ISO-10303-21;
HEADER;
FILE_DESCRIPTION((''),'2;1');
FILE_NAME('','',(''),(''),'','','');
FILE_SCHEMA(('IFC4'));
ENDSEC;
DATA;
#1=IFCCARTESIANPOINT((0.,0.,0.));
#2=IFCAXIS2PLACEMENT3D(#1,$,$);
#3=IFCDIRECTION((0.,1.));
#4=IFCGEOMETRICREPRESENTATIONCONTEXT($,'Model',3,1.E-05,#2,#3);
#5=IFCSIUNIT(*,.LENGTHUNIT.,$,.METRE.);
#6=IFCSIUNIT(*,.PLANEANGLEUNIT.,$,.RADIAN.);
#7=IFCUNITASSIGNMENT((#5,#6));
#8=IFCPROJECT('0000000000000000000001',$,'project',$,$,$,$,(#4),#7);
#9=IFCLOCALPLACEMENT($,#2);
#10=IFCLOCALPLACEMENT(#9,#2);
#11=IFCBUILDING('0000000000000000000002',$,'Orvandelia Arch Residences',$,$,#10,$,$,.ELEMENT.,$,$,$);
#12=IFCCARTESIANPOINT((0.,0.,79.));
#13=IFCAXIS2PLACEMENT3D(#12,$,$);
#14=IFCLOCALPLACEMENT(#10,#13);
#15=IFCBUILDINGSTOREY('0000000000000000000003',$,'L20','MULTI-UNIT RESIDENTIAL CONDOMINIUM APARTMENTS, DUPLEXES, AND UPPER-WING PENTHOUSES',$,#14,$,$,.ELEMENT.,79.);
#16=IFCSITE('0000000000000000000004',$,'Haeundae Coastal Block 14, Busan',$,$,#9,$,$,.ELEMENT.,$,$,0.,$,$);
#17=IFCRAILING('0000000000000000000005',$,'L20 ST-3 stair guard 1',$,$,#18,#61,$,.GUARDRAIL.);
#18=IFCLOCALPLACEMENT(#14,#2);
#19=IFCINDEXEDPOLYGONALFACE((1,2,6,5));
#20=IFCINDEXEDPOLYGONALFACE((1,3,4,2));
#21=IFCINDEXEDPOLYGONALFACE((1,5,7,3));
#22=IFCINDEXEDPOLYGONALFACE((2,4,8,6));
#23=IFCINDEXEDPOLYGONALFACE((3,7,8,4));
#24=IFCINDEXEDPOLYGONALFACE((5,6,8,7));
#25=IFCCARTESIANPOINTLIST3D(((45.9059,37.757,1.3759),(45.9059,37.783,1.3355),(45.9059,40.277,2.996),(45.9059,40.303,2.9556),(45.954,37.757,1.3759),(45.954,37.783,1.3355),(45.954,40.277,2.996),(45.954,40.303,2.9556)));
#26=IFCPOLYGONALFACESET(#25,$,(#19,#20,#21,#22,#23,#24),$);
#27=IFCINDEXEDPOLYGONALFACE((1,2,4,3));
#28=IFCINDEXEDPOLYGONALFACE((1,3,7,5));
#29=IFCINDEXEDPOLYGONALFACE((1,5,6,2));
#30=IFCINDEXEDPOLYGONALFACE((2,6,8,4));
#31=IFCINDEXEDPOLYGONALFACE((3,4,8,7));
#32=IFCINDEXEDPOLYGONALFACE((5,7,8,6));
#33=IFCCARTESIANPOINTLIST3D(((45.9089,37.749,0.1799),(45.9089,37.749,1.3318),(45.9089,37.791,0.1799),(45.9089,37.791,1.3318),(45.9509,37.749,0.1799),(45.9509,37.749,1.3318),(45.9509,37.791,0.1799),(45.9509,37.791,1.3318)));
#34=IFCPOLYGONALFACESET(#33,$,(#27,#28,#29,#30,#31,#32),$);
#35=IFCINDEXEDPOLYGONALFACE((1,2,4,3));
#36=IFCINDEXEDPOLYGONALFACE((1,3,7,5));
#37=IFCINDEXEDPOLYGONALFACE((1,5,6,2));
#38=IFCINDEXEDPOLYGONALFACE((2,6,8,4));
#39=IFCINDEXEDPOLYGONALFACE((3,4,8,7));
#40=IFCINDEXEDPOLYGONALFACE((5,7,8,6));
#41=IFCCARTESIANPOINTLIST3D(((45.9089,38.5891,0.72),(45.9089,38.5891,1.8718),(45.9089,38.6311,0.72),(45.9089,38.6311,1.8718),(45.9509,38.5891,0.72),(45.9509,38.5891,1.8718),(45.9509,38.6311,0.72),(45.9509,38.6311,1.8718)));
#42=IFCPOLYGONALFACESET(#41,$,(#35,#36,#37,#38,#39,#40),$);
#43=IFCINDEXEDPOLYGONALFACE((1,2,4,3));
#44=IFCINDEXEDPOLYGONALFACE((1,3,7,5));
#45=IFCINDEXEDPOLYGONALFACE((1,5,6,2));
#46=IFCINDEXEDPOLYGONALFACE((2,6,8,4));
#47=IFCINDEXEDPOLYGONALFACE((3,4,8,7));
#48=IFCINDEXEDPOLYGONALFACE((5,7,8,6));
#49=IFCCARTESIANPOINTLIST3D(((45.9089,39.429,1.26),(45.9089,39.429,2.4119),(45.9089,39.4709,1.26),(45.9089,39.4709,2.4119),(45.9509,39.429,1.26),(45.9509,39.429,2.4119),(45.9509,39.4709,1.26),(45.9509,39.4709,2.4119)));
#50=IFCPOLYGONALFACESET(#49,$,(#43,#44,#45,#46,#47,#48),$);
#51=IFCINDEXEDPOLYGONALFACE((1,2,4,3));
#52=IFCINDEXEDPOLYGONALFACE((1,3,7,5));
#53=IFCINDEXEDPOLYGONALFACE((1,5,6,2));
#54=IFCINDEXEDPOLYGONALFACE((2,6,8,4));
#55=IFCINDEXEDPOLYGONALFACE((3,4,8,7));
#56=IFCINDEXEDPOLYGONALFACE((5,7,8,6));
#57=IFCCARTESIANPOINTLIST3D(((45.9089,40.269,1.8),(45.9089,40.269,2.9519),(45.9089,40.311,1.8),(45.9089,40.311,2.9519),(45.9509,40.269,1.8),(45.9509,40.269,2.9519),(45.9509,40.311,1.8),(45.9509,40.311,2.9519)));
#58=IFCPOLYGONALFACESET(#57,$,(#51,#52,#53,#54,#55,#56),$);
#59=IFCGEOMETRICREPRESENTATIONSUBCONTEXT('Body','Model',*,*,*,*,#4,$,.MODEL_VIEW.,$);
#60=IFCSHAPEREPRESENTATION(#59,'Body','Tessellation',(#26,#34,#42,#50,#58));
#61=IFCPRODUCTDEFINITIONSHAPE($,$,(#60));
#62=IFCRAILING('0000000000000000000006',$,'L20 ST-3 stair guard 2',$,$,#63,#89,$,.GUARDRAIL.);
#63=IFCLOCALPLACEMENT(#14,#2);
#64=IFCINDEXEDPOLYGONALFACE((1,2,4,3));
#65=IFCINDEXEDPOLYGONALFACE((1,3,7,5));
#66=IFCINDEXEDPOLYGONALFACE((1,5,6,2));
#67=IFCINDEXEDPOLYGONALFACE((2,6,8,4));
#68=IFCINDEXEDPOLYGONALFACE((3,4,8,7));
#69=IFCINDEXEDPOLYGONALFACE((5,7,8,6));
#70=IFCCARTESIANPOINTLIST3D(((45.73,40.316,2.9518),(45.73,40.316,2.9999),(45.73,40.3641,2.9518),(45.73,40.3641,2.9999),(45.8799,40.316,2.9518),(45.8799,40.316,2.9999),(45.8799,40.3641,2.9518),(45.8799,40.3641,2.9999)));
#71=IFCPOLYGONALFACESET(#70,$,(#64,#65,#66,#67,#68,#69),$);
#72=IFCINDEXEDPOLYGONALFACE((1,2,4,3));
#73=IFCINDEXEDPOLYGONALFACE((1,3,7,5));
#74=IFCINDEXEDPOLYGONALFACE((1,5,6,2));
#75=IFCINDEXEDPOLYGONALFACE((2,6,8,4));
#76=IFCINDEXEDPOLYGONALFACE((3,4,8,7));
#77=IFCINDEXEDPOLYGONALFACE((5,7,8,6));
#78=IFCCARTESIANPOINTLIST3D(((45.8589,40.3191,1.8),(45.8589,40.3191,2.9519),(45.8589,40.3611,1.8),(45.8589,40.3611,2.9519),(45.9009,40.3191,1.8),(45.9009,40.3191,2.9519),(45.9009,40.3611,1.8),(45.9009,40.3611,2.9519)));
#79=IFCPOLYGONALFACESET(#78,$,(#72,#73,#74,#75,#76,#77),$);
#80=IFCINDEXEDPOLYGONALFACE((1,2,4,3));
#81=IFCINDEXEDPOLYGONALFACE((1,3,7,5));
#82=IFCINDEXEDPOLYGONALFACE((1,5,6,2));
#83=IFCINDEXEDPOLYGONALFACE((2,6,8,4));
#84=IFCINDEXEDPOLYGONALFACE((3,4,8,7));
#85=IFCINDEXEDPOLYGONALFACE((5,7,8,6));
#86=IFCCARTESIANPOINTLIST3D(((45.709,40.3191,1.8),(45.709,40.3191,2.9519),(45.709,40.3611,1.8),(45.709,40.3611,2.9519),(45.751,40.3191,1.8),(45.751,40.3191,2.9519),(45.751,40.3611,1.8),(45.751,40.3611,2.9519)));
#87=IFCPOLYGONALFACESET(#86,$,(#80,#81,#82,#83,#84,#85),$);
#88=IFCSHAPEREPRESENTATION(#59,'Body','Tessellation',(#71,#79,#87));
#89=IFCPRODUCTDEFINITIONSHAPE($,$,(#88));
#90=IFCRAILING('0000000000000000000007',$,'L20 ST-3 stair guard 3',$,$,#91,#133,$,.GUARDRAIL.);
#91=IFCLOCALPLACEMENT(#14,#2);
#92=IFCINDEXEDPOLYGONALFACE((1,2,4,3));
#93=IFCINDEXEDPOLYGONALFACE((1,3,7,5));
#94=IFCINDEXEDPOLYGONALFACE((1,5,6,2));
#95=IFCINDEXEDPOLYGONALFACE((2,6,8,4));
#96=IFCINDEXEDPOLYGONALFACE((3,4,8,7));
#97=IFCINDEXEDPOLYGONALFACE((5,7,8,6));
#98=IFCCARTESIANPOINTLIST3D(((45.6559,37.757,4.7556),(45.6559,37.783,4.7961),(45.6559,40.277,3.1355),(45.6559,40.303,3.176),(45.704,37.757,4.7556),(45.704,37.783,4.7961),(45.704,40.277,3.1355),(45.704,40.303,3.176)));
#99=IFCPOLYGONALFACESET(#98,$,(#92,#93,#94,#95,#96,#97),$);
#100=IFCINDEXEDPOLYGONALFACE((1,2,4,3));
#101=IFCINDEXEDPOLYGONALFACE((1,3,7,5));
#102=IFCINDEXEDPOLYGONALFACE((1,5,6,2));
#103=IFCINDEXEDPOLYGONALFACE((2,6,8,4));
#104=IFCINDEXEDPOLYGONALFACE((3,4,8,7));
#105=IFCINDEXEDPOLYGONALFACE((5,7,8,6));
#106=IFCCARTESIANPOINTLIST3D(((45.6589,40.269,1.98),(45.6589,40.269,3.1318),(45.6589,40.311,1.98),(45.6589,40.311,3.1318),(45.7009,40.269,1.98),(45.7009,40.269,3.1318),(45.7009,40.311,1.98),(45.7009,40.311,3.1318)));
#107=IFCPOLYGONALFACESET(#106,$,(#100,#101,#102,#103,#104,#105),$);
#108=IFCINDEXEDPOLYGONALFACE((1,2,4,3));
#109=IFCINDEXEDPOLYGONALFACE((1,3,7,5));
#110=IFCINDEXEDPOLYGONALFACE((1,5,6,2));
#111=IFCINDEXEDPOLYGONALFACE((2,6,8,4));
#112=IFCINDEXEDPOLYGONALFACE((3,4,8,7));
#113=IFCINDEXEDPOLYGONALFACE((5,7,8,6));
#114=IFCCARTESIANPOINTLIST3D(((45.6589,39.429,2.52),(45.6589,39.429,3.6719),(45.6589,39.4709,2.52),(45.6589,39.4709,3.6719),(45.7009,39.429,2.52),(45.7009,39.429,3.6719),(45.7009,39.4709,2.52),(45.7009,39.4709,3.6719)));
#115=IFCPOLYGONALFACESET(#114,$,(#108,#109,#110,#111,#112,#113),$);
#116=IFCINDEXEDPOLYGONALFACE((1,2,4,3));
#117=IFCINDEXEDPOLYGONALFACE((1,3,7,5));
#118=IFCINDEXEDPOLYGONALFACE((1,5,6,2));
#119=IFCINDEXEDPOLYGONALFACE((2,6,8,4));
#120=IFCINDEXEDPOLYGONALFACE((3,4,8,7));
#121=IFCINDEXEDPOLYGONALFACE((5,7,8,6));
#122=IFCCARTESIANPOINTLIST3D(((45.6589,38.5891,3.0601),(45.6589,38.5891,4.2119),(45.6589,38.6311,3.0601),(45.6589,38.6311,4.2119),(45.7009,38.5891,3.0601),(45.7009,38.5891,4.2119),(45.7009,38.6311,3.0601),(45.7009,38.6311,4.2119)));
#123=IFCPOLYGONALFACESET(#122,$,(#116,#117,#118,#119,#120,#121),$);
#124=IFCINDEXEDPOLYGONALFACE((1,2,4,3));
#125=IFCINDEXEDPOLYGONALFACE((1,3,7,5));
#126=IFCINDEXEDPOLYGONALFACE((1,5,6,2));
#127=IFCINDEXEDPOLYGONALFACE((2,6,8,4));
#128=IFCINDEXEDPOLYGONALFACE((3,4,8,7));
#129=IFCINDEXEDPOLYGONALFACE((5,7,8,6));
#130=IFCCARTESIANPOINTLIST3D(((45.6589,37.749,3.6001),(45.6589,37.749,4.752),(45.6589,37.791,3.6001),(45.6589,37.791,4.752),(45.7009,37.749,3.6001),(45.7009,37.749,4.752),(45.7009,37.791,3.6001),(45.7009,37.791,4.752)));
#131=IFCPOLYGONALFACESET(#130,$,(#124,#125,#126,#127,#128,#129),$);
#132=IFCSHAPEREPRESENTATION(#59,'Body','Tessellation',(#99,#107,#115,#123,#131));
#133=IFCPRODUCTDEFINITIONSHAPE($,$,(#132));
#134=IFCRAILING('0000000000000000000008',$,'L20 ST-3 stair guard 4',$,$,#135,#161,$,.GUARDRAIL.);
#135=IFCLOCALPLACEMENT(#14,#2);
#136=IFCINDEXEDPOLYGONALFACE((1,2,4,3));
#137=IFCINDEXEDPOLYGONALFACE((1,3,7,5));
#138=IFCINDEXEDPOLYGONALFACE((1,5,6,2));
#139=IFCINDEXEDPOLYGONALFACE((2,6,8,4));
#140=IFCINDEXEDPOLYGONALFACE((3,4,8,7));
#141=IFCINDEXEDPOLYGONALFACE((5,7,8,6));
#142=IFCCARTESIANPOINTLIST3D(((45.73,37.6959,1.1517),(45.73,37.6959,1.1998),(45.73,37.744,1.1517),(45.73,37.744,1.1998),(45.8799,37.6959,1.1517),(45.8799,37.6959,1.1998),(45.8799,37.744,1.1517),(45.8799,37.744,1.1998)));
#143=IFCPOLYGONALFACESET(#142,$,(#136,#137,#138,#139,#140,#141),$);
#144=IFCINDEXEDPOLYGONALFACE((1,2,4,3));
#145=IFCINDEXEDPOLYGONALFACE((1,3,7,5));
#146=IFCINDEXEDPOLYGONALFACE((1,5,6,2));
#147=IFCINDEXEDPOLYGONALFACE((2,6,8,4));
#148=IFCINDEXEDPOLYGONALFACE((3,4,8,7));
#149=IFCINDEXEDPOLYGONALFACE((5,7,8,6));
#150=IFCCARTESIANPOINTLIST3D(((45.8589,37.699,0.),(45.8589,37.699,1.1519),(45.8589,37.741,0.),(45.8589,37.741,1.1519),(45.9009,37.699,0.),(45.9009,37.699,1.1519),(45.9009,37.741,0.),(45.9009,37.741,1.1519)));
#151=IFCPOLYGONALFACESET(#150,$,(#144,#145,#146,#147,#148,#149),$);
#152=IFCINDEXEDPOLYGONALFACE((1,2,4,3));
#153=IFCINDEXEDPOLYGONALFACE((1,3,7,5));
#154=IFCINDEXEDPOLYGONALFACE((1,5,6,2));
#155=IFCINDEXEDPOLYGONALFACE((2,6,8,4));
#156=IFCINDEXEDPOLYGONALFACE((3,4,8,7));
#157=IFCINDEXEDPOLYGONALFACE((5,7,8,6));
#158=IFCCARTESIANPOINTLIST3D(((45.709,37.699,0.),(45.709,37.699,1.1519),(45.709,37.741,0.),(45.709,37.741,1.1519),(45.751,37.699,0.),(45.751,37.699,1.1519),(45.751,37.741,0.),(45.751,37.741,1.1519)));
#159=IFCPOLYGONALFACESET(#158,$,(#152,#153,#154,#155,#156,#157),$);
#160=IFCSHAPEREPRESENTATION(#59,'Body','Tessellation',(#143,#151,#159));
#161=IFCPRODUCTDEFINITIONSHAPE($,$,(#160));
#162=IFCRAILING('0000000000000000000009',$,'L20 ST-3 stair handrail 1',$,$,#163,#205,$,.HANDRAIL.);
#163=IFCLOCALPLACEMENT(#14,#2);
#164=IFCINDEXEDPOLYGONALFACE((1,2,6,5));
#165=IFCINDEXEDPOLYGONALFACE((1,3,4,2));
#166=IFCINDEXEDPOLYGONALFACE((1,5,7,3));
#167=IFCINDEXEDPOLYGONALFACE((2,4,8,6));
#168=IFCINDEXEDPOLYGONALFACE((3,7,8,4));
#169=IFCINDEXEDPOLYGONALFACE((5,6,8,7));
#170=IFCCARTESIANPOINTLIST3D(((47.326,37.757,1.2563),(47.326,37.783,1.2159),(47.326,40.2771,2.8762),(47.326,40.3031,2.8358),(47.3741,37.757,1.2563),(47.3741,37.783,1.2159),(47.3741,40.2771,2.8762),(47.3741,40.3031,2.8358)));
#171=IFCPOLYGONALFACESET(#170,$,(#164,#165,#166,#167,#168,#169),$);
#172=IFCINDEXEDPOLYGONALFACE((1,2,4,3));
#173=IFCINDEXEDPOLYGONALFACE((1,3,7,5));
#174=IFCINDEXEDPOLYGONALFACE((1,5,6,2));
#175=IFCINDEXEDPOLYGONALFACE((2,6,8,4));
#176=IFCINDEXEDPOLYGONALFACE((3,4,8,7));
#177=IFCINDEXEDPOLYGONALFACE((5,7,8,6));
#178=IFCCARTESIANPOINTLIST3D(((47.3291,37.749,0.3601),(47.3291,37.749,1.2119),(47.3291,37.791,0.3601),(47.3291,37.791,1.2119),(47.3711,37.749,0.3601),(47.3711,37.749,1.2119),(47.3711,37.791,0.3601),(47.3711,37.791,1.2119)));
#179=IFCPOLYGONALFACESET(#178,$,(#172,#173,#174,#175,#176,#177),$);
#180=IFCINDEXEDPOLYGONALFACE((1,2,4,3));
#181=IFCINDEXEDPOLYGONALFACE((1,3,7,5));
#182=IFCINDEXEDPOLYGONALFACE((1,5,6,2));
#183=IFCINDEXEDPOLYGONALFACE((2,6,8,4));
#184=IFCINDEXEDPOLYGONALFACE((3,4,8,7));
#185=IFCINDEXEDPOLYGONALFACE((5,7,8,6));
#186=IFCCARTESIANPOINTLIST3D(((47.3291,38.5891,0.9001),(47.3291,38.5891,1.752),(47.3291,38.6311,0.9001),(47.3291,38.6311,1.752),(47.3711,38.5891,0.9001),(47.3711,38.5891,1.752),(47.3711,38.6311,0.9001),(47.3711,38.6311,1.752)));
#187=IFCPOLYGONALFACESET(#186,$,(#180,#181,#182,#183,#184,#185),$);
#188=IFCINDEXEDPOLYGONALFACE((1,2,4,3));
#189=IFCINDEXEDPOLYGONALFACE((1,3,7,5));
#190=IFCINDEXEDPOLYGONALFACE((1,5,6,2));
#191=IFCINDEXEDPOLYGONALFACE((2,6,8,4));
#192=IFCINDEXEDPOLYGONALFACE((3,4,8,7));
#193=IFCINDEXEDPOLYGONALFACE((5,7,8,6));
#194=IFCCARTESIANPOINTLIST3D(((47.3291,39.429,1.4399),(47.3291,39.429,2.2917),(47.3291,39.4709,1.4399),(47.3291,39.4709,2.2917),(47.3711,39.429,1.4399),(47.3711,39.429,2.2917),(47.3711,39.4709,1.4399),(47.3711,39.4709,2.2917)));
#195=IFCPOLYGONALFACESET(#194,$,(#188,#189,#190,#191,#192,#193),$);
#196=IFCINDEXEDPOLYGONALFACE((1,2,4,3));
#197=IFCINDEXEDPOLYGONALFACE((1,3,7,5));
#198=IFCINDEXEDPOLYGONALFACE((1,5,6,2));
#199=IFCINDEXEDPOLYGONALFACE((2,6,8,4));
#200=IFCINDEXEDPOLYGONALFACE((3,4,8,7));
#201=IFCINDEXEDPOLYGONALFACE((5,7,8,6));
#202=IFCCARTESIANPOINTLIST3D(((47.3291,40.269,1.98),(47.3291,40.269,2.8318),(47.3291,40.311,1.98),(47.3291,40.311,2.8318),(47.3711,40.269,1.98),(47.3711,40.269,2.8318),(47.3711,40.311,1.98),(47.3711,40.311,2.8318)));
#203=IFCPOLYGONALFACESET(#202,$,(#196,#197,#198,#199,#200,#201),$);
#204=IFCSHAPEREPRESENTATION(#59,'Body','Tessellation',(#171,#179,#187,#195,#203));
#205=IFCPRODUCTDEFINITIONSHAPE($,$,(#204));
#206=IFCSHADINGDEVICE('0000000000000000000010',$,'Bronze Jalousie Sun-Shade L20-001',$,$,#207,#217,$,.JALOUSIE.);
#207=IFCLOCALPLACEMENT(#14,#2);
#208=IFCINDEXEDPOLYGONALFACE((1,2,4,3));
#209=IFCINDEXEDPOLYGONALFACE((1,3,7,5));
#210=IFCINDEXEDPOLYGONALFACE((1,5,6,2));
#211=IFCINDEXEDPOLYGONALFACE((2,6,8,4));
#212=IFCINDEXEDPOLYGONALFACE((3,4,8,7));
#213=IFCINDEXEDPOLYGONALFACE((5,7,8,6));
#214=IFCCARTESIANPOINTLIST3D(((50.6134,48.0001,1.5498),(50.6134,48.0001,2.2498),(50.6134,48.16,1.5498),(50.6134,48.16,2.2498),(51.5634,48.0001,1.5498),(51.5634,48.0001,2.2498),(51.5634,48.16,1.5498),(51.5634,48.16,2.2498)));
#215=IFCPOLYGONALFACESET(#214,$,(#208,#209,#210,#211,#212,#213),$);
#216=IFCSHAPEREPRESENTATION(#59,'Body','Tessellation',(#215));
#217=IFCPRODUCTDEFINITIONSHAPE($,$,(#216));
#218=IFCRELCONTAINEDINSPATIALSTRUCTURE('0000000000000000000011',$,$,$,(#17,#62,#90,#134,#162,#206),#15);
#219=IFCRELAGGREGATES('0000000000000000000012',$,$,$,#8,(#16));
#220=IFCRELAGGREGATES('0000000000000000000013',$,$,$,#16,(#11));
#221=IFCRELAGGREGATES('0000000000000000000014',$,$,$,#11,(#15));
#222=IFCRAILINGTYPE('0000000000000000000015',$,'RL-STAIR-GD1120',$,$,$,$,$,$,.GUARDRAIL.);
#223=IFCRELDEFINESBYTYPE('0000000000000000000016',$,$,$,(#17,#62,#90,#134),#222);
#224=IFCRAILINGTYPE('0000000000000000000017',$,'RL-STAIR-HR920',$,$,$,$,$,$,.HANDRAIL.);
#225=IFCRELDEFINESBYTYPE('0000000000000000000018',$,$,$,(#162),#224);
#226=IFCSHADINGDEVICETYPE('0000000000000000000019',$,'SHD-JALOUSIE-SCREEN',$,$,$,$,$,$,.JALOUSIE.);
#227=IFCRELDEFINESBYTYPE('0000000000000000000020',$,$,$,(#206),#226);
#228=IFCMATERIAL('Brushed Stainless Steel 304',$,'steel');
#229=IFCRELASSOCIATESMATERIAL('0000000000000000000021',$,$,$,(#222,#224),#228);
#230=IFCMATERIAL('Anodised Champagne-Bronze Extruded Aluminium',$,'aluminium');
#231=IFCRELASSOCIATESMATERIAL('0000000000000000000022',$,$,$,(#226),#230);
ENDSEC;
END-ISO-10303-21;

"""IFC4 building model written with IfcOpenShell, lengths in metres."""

from ifc_helpers import new_model, si_unit, direction, frame, origin, origin_2d, place, context, subcontext, project, spatial, rectangle, extrude, material, type_object, element, save


model = new_model("IFC4")

# Units and contexts
model_context = context("Model", 3, precision=1e-05, world=origin(), true_north=direction((0.0, 1.0)))
body_context = subcontext(model_context, "Body", "Model", "MODEL_VIEW")
ifc_project = project(units=[si_unit("LENGTHUNIT", "METRE"), si_unit("PLANEANGLEUNIT", "RADIAN")], contexts=[model_context])

# Site, building, storey
site_placement = place(None, origin())
site = spatial("IfcSite", under=ifc_project, at=site_placement, Name="Haeundae Coastal Block 14, Busan", CompositionType="ELEMENT", RefElevation=0.0)
building_placement = place(site_placement, origin())
building = spatial("IfcBuilding", under=site, at=building_placement, Name="Orvandelia Arch Residences", CompositionType="ELEMENT")
storey_placement = place(building_placement, frame((0.0, 0.0, 79.0)))
storey = spatial("IfcBuildingStorey", under=building, at=storey_placement, Name="L20", Description="MULTI-UNIT RESIDENTIAL CONDOMINIUM APARTMENTS, DUPLEXES, AND UPPER-WING PENTHOUSES", CompositionType="ELEMENT", Elevation=79.0)

# Railings
ifc_material_1 = material(Name="Brushed Stainless Steel 304", Category="steel")
railing_type_1 = type_object("IfcRailingType", Name="RL-STAIR-GD1120", PredefinedType="GUARDRAIL", material=ifc_material_1)
railing_1_placement = place(storey_placement, frame((45.9299, 37.77, 0.1799)))
element("IfcRailing", 1, at=railing_1_placement, inside=storey, type_object=railing_type_1, Name="L20 ST-3 stair guard 1", PredefinedType="GUARDRAIL", context=body_context, shape_type="SweptSolid", body=[
    extrude(rectangle(XDim=0.0481, YDim=0.0481, at=origin_2d()), frame((0.0, 0.0, 1.1758), z_axis=(0.0, 0.841163, 0.540782), x_axis=(-1.0, 0.0, 0.0)), (0.0, 0.0, 1.0), 2.9958),
    extrude(rectangle(XDim=0.042, YDim=0.042, at=origin_2d()), origin(), (0.0, 0.0, 1.0), 1.1519),
    extrude(rectangle(XDim=0.042, YDim=0.042, at=origin_2d()), frame((0.0, 0.8401, 0.54)), (0.0, 0.0, 1.0), 1.1519),
    extrude(rectangle(XDim=0.042, YDim=0.042, at=origin_2d()), frame((0.0, 1.6799, 1.0801)), (0.0, 0.0, 1.0), 1.1519),
    extrude(rectangle(XDim=0.042, YDim=0.042, at=origin_2d()), frame((0.0, 2.52, 1.6201)), (0.0, 0.0, 1.0), 1.1519),
])
railing_2_placement = place(storey_placement, frame((45.8799, 40.3401, 1.8)))
element("IfcRailing", 2, at=railing_2_placement, inside=storey, type_object=railing_type_1, Name="L20 ST-3 stair guard 2", PredefinedType="GUARDRAIL", context=body_context, shape_type="SweptSolid", body=[
    extrude(rectangle(XDim=0.0481, YDim=0.0481, at=origin_2d()), frame((0.0, 0.0, 1.1758), z_axis=(-1.0, 0.0, 0.0), x_axis=(0.0, -1.0, 0.0)), (0.0, 0.0, 1.0), 0.1499),
    extrude(rectangle(XDim=0.042, YDim=0.042, at=origin_2d()), origin(), (0.0, 0.0, 1.0), 1.1519),
    extrude(rectangle(XDim=0.042, YDim=0.042, at=origin_2d()), frame((-0.1499, 0.0, 0.0)), (0.0, 0.0, 1.0), 1.1519),
])
railing_3_placement = place(storey_placement, frame((45.6799, 40.29, 1.98)))
element("IfcRailing", 3, at=railing_3_placement, inside=storey, type_object=railing_type_1, Name="L20 ST-3 stair guard 3", PredefinedType="GUARDRAIL", context=body_context, shape_type="SweptSolid", body=[
    extrude(rectangle(XDim=0.0481, YDim=0.0481, at=origin_2d()), frame((0.0, 0.0, 1.1758), z_axis=(0.0, -0.841163, 0.540782), x_axis=(1.0, 0.0, 0.0)), (0.0, 0.0, 1.0), 2.9958),
    extrude(rectangle(XDim=0.042, YDim=0.042, at=origin_2d()), origin(), (0.0, 0.0, 1.0), 1.1519),
    extrude(rectangle(XDim=0.042, YDim=0.042, at=origin_2d()), frame((0.0, -0.8401, 0.54)), (0.0, 0.0, 1.0), 1.1519),
    extrude(rectangle(XDim=0.042, YDim=0.042, at=origin_2d()), frame((0.0, -1.6799, 1.0801)), (0.0, 0.0, 1.0), 1.1519),
    extrude(rectangle(XDim=0.042, YDim=0.042, at=origin_2d()), frame((0.0, -2.52, 1.6201)), (0.0, 0.0, 1.0), 1.1519),
])
railing_4_placement = place(storey_placement, frame((45.8799, 37.72, 0.0)))
element("IfcRailing", 4, at=railing_4_placement, inside=storey, type_object=railing_type_1, Name="L20 ST-3 stair guard 4", PredefinedType="GUARDRAIL", context=body_context, shape_type="SweptSolid", body=[
    extrude(rectangle(XDim=0.0481, YDim=0.0481, at=origin_2d()), frame((0.0, 0.0, 1.1758), z_axis=(-1.0, 0.0, 0.0), x_axis=(0.0, -1.0, 0.0)), (0.0, 0.0, 1.0), 0.1499),
    extrude(rectangle(XDim=0.042, YDim=0.042, at=origin_2d()), origin(), (0.0, 0.0, 1.0), 1.1519),
    extrude(rectangle(XDim=0.042, YDim=0.042, at=origin_2d()), frame((-0.1499, 0.0, 0.0)), (0.0, 0.0, 1.0), 1.1519),
])
railing_type_2 = type_object("IfcRailingType", Name="RL-STAIR-HR920", PredefinedType="HANDRAIL", material=ifc_material_1)
railing_5_placement = place(storey_placement, frame((47.3501, 37.77, 0.3601)))
element("IfcRailing", 5, at=railing_5_placement, inside=storey, type_object=railing_type_2, Name="L20 ST-3 stair handrail 1", PredefinedType="HANDRAIL", context=body_context, shape_type="SweptSolid", body=[
    extrude(rectangle(XDim=0.0481, YDim=0.0481, at=origin_2d()), frame((0.0, 0.0, 0.876), z_axis=(0.0, 0.8412, 0.540725), x_axis=(-1.0, 0.0, 0.0)), (0.0, 0.0, 1.0), 2.9958),
    extrude(rectangle(XDim=0.042, YDim=0.042, at=origin_2d()), origin(), (0.0, 0.0, 1.0), 0.8518),
    extrude(rectangle(XDim=0.042, YDim=0.042, at=origin_2d()), frame((0.0, 0.8401, 0.54)), (0.0, 0.0, 1.0), 0.8518),
    extrude(rectangle(XDim=0.042, YDim=0.042, at=origin_2d()), frame((0.0, 1.6799, 1.0798)), (0.0, 0.0, 1.0), 0.8518),
    extrude(rectangle(XDim=0.042, YDim=0.042, at=origin_2d()), frame((0.0, 2.52, 1.6199)), (0.0, 0.0, 1.0), 0.8518),
])

# Shading device
ifc_material_2 = material(Name="Anodised Champagne-Bronze Extruded Aluminium", Category="aluminium")
shading_device_type = type_object("IfcShadingDeviceType", Name="SHD-JALOUSIE-SCREEN", PredefinedType="JALOUSIE", material=ifc_material_2)
shading_device_placement = place(storey_placement, frame((51.0884, 48.0801, 1.5498), z_axis=(0.0, 0.0, 1.0), x_axis=(1.0, 0.0, 0.0)))
element("IfcShadingDevice", 6, at=shading_device_placement, inside=storey, type_object=shading_device_type, Name="Bronze Jalousie Sun-Shade L20-001", PredefinedType="JALOUSIE", context=body_context, shape_type="SweptSolid", body=[
    extrude(rectangle(XDim=0.95, YDim=0.1599, at=origin_2d()), origin(), (0.0, 0.0, 1.0), 0.7),
])

save(model, "model.ifc")
